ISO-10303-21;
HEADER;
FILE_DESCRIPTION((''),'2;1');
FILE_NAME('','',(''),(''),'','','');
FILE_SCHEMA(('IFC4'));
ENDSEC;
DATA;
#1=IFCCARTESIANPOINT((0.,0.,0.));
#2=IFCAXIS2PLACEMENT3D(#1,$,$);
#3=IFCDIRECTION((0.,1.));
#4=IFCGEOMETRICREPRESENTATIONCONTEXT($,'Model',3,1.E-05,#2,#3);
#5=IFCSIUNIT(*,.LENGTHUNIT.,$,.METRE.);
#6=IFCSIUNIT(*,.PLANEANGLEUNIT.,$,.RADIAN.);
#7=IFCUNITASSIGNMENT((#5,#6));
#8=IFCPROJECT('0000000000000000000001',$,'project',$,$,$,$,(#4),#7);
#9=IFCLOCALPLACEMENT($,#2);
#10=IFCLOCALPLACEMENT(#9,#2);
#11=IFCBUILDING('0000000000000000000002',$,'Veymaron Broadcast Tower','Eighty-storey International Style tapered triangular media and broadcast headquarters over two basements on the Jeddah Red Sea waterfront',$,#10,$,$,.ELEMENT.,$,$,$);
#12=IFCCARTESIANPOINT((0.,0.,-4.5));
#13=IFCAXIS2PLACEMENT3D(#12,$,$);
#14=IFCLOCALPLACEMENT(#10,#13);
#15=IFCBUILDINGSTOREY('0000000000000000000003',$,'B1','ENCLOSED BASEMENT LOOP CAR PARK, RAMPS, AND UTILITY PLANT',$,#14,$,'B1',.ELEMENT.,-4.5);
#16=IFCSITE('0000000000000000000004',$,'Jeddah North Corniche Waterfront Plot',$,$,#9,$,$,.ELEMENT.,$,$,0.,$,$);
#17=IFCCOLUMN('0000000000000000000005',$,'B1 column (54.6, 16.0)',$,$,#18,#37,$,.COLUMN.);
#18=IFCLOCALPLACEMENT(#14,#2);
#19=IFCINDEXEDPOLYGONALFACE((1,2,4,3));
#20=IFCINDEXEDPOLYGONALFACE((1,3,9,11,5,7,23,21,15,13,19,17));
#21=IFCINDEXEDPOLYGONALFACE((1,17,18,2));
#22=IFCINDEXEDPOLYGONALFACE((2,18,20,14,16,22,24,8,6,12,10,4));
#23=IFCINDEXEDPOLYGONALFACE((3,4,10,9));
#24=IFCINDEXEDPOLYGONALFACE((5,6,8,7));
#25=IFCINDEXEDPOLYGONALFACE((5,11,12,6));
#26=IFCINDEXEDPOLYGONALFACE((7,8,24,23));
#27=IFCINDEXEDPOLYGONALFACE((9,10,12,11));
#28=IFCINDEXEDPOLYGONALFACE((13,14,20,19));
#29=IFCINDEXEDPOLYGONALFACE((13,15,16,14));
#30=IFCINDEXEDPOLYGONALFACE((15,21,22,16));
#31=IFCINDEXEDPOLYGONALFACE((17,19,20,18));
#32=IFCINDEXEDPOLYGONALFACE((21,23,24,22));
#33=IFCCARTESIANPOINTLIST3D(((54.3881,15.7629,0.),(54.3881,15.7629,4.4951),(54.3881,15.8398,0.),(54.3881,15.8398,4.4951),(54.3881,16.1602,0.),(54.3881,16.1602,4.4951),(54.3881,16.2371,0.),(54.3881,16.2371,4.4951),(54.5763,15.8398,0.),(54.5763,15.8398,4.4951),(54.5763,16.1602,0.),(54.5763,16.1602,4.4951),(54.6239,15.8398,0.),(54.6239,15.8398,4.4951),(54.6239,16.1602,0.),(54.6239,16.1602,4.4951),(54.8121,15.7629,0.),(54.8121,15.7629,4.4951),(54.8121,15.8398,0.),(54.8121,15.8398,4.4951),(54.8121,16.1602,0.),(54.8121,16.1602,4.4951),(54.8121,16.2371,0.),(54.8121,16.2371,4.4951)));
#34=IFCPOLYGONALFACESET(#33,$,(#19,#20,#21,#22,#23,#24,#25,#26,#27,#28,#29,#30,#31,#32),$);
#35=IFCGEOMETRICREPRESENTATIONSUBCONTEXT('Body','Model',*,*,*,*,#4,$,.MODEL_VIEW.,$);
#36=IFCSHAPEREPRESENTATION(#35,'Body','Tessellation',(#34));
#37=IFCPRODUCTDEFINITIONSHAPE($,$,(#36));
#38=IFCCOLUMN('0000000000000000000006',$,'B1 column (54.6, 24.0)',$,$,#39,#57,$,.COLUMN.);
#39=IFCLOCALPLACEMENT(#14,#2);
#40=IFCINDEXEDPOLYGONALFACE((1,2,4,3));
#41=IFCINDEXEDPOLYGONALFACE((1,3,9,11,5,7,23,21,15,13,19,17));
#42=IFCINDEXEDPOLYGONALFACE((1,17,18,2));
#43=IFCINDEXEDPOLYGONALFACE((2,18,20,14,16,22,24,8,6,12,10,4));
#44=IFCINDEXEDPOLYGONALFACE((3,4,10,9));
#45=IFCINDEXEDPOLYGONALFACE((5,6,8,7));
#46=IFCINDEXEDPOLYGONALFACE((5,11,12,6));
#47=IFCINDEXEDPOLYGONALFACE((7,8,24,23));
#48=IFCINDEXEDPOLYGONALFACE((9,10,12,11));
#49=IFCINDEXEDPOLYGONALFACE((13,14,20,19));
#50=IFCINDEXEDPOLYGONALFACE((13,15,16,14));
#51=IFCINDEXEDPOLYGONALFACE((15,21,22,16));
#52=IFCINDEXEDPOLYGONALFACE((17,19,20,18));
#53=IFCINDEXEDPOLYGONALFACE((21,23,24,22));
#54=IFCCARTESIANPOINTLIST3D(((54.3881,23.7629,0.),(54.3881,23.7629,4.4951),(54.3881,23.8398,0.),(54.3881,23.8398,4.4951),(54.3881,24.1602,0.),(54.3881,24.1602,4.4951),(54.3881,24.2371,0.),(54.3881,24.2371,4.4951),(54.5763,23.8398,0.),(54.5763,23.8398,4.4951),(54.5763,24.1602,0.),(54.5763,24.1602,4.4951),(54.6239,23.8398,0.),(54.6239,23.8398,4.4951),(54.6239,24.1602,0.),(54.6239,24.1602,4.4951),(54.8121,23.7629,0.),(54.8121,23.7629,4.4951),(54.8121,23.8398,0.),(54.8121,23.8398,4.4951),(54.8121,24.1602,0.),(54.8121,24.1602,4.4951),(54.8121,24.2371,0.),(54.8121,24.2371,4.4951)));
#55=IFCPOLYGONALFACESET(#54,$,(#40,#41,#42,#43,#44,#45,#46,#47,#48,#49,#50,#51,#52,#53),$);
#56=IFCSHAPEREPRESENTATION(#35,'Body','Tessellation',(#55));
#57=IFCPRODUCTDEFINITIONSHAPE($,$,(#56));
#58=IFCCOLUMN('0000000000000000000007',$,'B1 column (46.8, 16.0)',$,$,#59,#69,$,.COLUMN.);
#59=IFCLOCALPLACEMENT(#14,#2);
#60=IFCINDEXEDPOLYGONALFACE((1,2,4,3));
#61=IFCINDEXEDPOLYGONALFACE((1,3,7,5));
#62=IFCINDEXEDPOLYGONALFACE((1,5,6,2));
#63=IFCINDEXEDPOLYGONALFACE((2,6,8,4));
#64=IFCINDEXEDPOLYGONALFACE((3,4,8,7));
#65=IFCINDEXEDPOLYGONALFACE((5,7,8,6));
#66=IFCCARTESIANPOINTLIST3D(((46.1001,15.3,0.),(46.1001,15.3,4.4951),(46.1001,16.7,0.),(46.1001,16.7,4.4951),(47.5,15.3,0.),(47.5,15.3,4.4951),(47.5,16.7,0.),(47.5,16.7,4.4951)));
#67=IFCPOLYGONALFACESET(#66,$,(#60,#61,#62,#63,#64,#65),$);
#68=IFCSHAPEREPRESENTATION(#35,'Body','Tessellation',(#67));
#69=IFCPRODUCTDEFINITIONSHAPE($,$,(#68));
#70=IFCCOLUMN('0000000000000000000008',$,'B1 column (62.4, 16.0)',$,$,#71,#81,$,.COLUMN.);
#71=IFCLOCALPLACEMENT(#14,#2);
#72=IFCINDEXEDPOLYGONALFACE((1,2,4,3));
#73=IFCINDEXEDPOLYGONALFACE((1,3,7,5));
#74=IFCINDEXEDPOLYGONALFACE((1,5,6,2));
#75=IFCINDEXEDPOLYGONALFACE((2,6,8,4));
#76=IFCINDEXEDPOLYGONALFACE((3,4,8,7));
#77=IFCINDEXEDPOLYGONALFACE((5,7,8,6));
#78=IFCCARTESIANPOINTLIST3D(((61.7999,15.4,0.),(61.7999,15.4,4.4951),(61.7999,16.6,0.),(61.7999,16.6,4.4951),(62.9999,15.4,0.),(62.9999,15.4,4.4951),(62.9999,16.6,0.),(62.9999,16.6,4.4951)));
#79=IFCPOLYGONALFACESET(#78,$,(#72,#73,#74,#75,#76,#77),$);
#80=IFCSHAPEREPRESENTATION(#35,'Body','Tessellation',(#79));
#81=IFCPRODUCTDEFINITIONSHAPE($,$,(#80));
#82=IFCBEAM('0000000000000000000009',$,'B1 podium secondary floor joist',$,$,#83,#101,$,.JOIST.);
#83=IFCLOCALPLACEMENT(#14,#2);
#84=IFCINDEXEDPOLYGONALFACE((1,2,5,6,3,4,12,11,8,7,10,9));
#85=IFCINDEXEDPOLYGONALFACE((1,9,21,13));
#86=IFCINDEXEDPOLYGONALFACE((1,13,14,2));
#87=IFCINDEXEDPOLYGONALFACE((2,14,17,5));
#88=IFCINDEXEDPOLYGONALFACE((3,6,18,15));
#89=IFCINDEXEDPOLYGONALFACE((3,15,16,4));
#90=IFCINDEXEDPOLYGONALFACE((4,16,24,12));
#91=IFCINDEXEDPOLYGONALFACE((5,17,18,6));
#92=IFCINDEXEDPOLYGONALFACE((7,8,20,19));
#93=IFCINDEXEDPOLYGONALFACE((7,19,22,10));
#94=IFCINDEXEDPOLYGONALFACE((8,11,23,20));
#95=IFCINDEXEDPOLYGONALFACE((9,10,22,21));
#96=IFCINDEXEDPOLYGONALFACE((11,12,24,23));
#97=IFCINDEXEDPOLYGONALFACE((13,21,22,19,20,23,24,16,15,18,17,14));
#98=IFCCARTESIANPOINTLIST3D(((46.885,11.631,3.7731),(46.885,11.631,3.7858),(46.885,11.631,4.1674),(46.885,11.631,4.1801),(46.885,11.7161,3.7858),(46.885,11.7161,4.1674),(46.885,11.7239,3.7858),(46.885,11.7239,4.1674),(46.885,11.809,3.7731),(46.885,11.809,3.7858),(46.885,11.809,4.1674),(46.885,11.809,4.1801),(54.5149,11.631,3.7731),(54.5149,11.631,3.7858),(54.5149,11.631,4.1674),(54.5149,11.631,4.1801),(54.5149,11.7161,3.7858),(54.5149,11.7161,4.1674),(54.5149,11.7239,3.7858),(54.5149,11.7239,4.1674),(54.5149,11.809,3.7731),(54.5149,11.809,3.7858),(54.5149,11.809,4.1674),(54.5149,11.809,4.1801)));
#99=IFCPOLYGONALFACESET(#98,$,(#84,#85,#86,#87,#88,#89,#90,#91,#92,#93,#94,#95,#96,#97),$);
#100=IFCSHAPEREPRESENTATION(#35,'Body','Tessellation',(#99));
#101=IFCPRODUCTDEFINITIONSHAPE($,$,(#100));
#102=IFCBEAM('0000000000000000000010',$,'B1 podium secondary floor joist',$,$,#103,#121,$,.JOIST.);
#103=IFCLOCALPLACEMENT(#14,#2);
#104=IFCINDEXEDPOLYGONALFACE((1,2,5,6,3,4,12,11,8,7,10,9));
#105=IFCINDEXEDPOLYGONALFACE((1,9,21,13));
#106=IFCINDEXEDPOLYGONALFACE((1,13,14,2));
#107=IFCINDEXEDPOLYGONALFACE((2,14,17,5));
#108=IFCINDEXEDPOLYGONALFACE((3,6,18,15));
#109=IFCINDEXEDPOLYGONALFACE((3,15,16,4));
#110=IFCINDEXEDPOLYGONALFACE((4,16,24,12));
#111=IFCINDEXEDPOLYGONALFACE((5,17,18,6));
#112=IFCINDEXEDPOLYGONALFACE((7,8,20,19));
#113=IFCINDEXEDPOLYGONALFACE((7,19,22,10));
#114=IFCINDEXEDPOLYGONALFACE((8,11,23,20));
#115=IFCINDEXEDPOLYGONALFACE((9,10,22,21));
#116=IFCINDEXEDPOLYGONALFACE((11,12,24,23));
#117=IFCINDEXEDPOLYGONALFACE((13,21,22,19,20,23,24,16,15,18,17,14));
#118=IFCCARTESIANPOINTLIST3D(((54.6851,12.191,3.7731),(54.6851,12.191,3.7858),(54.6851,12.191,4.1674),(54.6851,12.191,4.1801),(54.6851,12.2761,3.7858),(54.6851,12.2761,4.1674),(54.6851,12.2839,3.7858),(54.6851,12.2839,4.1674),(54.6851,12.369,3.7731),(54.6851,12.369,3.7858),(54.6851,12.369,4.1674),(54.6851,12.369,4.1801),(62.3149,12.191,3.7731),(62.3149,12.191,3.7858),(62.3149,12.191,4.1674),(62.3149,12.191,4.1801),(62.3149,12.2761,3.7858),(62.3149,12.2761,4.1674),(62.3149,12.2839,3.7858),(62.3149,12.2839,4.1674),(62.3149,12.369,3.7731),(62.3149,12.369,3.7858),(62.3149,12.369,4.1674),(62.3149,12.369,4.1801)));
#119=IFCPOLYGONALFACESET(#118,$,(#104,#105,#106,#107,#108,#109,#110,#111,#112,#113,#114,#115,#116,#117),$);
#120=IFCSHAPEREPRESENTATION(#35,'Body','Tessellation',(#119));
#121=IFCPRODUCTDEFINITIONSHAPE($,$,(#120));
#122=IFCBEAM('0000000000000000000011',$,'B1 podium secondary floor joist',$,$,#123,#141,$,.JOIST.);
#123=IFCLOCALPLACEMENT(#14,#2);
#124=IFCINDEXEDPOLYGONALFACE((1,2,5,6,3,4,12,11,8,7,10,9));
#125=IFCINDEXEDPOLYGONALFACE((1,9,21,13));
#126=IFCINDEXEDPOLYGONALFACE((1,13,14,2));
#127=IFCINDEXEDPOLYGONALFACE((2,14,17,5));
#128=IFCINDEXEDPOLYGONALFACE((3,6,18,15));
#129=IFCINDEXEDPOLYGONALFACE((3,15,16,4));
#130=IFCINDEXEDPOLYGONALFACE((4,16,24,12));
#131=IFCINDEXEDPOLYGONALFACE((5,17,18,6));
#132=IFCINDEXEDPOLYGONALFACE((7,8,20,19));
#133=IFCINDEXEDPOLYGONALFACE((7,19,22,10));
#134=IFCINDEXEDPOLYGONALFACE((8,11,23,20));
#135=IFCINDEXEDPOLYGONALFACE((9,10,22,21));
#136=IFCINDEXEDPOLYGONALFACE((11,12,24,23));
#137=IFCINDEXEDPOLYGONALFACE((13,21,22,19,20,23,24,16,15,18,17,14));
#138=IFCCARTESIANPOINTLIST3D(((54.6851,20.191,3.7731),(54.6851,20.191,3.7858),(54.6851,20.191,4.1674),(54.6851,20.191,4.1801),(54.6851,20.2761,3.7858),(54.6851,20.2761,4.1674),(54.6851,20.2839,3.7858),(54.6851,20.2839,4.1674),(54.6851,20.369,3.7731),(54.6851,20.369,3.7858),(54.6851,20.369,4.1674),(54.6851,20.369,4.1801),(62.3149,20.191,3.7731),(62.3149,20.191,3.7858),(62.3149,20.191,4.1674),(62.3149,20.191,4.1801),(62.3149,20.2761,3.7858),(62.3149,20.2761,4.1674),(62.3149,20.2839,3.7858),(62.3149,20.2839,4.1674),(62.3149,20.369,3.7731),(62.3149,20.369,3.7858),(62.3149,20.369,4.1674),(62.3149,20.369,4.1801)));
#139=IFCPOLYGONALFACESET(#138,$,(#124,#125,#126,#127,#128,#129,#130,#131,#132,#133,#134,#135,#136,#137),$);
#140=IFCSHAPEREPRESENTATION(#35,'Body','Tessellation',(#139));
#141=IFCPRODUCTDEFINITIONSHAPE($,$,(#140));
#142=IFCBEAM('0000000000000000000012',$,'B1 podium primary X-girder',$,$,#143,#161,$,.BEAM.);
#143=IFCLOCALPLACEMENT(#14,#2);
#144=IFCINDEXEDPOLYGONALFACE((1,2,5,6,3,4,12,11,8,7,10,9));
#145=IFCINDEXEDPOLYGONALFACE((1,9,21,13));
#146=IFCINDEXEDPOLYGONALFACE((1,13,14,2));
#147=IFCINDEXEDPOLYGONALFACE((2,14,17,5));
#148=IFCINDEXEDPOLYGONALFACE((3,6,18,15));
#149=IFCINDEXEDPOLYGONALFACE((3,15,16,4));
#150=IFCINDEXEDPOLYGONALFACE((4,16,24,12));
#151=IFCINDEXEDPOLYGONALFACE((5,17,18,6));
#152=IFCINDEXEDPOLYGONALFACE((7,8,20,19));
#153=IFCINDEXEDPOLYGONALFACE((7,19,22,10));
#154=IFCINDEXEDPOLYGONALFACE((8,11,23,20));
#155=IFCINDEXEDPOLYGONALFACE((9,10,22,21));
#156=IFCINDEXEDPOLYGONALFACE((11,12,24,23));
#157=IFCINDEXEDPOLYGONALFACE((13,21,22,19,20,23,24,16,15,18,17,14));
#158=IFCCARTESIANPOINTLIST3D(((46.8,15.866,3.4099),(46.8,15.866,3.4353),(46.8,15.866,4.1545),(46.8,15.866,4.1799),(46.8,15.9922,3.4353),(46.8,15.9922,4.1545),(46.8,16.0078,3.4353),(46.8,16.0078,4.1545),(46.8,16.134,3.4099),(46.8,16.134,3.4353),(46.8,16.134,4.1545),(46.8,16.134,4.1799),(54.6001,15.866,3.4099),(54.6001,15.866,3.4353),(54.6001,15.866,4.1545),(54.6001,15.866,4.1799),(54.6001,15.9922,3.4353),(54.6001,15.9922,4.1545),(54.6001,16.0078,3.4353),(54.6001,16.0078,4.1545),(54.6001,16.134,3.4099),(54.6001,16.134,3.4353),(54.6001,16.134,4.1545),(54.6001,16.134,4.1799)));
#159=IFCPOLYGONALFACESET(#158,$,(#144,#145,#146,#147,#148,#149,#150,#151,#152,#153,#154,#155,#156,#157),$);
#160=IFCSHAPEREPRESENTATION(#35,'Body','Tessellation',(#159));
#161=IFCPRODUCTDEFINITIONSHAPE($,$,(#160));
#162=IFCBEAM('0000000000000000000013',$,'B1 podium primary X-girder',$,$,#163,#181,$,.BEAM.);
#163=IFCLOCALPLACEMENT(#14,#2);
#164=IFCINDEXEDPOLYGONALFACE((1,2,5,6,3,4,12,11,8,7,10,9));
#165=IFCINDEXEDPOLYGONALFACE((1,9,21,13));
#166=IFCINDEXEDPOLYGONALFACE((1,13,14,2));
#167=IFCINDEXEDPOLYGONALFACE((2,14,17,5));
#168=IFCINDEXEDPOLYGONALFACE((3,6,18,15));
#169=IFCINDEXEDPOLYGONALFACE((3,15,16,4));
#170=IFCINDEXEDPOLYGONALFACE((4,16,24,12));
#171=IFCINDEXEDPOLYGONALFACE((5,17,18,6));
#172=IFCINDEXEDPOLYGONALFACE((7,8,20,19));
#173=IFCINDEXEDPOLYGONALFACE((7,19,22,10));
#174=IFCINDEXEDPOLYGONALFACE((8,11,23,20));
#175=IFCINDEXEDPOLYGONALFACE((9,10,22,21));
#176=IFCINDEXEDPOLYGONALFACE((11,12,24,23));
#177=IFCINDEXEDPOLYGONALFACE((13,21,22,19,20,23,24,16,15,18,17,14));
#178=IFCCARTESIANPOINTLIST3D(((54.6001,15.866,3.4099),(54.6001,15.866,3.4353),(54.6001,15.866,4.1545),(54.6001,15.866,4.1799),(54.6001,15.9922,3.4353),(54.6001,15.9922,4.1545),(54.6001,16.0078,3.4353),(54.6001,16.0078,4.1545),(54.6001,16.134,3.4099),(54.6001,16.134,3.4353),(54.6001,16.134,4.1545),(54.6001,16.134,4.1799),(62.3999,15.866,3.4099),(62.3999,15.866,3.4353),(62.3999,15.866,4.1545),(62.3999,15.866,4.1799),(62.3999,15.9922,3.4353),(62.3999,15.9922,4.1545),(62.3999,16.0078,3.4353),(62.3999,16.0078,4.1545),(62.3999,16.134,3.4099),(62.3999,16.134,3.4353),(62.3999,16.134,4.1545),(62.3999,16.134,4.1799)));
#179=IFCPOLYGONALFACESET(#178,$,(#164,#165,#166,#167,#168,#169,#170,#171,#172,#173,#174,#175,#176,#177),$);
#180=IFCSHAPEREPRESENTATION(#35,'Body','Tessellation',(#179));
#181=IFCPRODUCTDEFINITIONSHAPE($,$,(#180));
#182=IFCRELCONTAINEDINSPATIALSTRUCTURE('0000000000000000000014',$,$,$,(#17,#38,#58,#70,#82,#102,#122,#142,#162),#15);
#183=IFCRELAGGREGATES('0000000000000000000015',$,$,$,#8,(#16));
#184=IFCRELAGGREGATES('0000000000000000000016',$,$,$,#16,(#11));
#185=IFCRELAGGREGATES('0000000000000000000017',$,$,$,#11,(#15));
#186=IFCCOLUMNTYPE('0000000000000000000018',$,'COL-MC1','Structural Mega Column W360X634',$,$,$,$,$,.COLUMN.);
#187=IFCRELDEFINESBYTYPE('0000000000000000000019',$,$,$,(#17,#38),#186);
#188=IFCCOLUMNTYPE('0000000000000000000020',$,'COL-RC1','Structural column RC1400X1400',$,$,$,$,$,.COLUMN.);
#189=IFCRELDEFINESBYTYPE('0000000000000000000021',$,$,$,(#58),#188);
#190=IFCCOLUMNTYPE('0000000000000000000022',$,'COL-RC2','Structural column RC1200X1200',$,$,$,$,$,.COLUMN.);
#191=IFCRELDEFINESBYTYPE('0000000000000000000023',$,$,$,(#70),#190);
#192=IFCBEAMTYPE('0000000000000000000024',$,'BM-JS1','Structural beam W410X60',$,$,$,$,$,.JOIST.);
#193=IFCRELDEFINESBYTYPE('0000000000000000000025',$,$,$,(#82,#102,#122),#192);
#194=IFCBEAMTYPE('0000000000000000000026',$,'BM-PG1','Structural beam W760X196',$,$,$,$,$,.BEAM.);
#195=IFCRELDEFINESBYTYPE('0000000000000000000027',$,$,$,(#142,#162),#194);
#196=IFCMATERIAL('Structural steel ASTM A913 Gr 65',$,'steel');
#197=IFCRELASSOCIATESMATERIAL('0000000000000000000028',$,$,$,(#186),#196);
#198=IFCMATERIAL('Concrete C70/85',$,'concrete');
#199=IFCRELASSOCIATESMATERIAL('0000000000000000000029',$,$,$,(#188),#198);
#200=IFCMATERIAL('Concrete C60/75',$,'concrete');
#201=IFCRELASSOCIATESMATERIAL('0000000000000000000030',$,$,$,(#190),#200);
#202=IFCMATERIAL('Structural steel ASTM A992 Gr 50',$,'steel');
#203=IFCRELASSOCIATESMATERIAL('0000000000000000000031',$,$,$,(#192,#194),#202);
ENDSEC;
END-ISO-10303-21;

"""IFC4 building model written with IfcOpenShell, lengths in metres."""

from ifc_helpers import new_model, si_unit, direction, frame, origin, origin_2d, place, context, subcontext, project, spatial, rectangle, i_section, extrude, material, material_profile, profile_set, type_object, element, save


model = new_model("IFC4")

# Units and contexts
model_context = context("Model", 3, precision=1e-05, world=origin(), true_north=direction((0.0, 1.0)))
body_context = subcontext(model_context, "Body", "Model", "MODEL_VIEW")
ifc_project = project(units=[si_unit("LENGTHUNIT", "METRE"), si_unit("PLANEANGLEUNIT", "RADIAN")], contexts=[model_context])

# Site, building, storey
site_placement = place(None, origin())
site = spatial("IfcSite", under=ifc_project, at=site_placement, Name="Jeddah North Corniche Waterfront Plot", CompositionType="ELEMENT", RefElevation=0.0)
building_placement = place(site_placement, origin())
building = spatial("IfcBuilding", under=site, at=building_placement, Name="Veymaron Broadcast Tower", Description="Eighty-storey International Style tapered triangular media and broadcast headquarters over two basements on the Jeddah Red Sea waterfront", CompositionType="ELEMENT")
storey_placement = place(building_placement, frame((0.0, 0.0, -4.5)))
storey = spatial("IfcBuildingStorey", under=building, at=storey_placement, Name="B1", Description="ENCLOSED BASEMENT LOOP CAR PARK, RAMPS, AND UTILITY PLANT", LongName="B1", CompositionType="ELEMENT", Elevation=-4.5)

# Columns
ifc_material_1 = material(Name="Structural steel ASTM A913 Gr 65", Category="steel")
ifc_material_profile_1 = material_profile(ifc_material_1, i_section(OverallWidth=0.4241, OverallDepth=0.4741, WebThickness=0.0476, FlangeThickness=0.0769, at=origin_2d()), Name="W360X634")
ifc_profile_set_1 = profile_set([ifc_material_profile_1], Name="Structural steel ASTM A913 Gr 65")
column_type_1 = type_object("IfcColumnType", Name="COL-MC1", Description="Structural Mega Column W360X634", PredefinedType="COLUMN", material=ifc_profile_set_1)
for number, where, z_axis, x_axis, name in (
    (1, (54.6001, 16.0, 0.0), (0.0, 0.0, 1.0), (1.0, 0.0, 0.0), "B1 column (54.6, 16.0)"),
    (2, (54.6001, 24.0, 0.0), (0.0, 0.0, 1.0), (1.0, 0.0, 0.0), "B1 column (54.6, 24.0)"),
):
    element("IfcColumn", number, at=place(storey_placement, frame(where, z_axis=z_axis, x_axis=x_axis)), inside=storey, type_object=column_type_1, Name=name, PredefinedType="COLUMN", context=body_context, shape_type="SweptSolid", body=[
        extrude(i_section(OverallWidth=0.4241, OverallDepth=0.4741, WebThickness=0.0476, FlangeThickness=0.0769, at=origin_2d()), origin(), (0.0, 0.0, 1.0), 4.4951),
    ])
ifc_material_2 = material(Name="Concrete C70/85", Category="concrete")
ifc_material_profile_2 = material_profile(ifc_material_2, rectangle(XDim=1.3999, YDim=1.3999, at=origin_2d()), Name="RC1400X1400")
ifc_profile_set_2 = profile_set([ifc_material_profile_2], Name="Concrete C70/85")
column_type_2 = type_object("IfcColumnType", Name="COL-RC1", Description="Structural column RC1400X1400", PredefinedType="COLUMN", material=ifc_profile_set_2)
column_1_placement = place(storey_placement, frame((46.8, 16.0, 0.0), z_axis=(0.0, 0.0, 1.0), x_axis=(1.0, 0.0, 0.0)))
element("IfcColumn", 3, at=column_1_placement, inside=storey, type_object=column_type_2, Name="B1 column (46.8, 16.0)", PredefinedType="COLUMN", context=body_context, shape_type="SweptSolid", body=[
    extrude(rectangle(XDim=1.3999, YDim=1.3999, at=origin_2d()), origin(), (0.0, 0.0, 1.0), 4.4951),
])
ifc_material_3 = material(Name="Concrete C60/75", Category="concrete")
ifc_material_profile_3 = material_profile(ifc_material_3, rectangle(XDim=1.2, YDim=1.2, at=origin_2d()), Name="RC1200X1200")
ifc_profile_set_3 = profile_set([ifc_material_profile_3], Name="Concrete C60/75")
column_type_3 = type_object("IfcColumnType", Name="COL-RC2", Description="Structural column RC1200X1200", PredefinedType="COLUMN", material=ifc_profile_set_3)
column_2_placement = place(storey_placement, frame((62.3999, 16.0, 0.0), z_axis=(0.0, 0.0, 1.0), x_axis=(1.0, 0.0, 0.0)))
element("IfcColumn", 4, at=column_2_placement, inside=storey, type_object=column_type_3, Name="B1 column (62.4, 16.0)", PredefinedType="COLUMN", context=body_context, shape_type="SweptSolid", body=[
    extrude(rectangle(XDim=1.2, YDim=1.2, at=origin_2d()), origin(), (0.0, 0.0, 1.0), 4.4951),
])

# Beams
ifc_material_4 = material(Name="Structural steel ASTM A992 Gr 50", Category="steel")
ifc_material_profile_4 = material_profile(ifc_material_4, i_section(OverallWidth=0.178, OverallDepth=0.407, WebThickness=0.0078, FlangeThickness=0.0127, at=origin_2d()), Name="W410X60")
ifc_profile_set_4 = profile_set([ifc_material_profile_4], Name="Structural steel ASTM A992 Gr 50")
beam_type_1 = type_object("IfcBeamType", Name="BM-JS1", Description="Structural beam W410X60", PredefinedType="JOIST", material=ifc_profile_set_4)
for number, where, z_axis, x_axis, name in (
    (5, (46.885, 11.72, 3.9766), (1.0, 0.0, 0.0), (0.0, 1.0, 0.0), "B1 podium secondary floor joist"),
    (6, (54.6851, 12.28, 3.9766), (1.0, 0.0, 0.0), (0.0, 1.0, 0.0), "B1 podium secondary floor joist"),
    (7, (54.6851, 20.28, 3.9766), (1.0, 0.0, 0.0), (0.0, 1.0, 0.0), "B1 podium secondary floor joist"),
):
    element("IfcBeam", number, at=place(storey_placement, frame(where, z_axis=z_axis, x_axis=x_axis)), inside=storey, type_object=beam_type_1, Name=name, PredefinedType="JOIST", context=body_context, shape_type="SweptSolid", body=[
        extrude(i_section(OverallWidth=0.178, OverallDepth=0.407, WebThickness=0.0078, FlangeThickness=0.0127, at=origin_2d()), origin(), (0.0, 0.0, 1.0), 7.6299),
    ])
ifc_material_profile_5 = material_profile(ifc_material_4, i_section(OverallWidth=0.2681, OverallDepth=0.77, WebThickness=0.0156, FlangeThickness=0.0254, at=origin_2d()), Name="W760X196")
ifc_profile_set_5 = profile_set([ifc_material_profile_5], Name="Structural steel ASTM A992 Gr 50")
beam_type_2 = type_object("IfcBeamType", Name="BM-PG1", Description="Structural beam W760X196", PredefinedType="BEAM", material=ifc_profile_set_5)
beam_1_placement = place(storey_placement, frame((46.8, 16.0, 3.7949), z_axis=(1.0, 0.0, 0.0), x_axis=(0.0, 1.0, 0.0)))
element("IfcBeam", 8, at=beam_1_placement, inside=storey, type_object=beam_type_2, Name="B1 podium primary X-girder", PredefinedType="BEAM", context=body_context, shape_type="SweptSolid", body=[
    extrude(i_section(OverallWidth=0.2681, OverallDepth=0.77, WebThickness=0.0156, FlangeThickness=0.0254, at=origin_2d()), origin(), (0.0, 0.0, 1.0), 7.8),
])
beam_2_placement = place(storey_placement, frame((54.6001, 16.0, 3.7949), z_axis=(1.0, 0.0, 0.0), x_axis=(0.0, 1.0, 0.0)))
element("IfcBeam", 9, at=beam_2_placement, inside=storey, type_object=beam_type_2, Name="B1 podium primary X-girder", PredefinedType="BEAM", context=body_context, shape_type="SweptSolid", body=[
    extrude(i_section(OverallWidth=0.2681, OverallDepth=0.77, WebThickness=0.0156, FlangeThickness=0.0254, at=origin_2d()), origin(), (0.0, 0.0, 1.0), 7.7998),
])

save(model, "model.ifc")
